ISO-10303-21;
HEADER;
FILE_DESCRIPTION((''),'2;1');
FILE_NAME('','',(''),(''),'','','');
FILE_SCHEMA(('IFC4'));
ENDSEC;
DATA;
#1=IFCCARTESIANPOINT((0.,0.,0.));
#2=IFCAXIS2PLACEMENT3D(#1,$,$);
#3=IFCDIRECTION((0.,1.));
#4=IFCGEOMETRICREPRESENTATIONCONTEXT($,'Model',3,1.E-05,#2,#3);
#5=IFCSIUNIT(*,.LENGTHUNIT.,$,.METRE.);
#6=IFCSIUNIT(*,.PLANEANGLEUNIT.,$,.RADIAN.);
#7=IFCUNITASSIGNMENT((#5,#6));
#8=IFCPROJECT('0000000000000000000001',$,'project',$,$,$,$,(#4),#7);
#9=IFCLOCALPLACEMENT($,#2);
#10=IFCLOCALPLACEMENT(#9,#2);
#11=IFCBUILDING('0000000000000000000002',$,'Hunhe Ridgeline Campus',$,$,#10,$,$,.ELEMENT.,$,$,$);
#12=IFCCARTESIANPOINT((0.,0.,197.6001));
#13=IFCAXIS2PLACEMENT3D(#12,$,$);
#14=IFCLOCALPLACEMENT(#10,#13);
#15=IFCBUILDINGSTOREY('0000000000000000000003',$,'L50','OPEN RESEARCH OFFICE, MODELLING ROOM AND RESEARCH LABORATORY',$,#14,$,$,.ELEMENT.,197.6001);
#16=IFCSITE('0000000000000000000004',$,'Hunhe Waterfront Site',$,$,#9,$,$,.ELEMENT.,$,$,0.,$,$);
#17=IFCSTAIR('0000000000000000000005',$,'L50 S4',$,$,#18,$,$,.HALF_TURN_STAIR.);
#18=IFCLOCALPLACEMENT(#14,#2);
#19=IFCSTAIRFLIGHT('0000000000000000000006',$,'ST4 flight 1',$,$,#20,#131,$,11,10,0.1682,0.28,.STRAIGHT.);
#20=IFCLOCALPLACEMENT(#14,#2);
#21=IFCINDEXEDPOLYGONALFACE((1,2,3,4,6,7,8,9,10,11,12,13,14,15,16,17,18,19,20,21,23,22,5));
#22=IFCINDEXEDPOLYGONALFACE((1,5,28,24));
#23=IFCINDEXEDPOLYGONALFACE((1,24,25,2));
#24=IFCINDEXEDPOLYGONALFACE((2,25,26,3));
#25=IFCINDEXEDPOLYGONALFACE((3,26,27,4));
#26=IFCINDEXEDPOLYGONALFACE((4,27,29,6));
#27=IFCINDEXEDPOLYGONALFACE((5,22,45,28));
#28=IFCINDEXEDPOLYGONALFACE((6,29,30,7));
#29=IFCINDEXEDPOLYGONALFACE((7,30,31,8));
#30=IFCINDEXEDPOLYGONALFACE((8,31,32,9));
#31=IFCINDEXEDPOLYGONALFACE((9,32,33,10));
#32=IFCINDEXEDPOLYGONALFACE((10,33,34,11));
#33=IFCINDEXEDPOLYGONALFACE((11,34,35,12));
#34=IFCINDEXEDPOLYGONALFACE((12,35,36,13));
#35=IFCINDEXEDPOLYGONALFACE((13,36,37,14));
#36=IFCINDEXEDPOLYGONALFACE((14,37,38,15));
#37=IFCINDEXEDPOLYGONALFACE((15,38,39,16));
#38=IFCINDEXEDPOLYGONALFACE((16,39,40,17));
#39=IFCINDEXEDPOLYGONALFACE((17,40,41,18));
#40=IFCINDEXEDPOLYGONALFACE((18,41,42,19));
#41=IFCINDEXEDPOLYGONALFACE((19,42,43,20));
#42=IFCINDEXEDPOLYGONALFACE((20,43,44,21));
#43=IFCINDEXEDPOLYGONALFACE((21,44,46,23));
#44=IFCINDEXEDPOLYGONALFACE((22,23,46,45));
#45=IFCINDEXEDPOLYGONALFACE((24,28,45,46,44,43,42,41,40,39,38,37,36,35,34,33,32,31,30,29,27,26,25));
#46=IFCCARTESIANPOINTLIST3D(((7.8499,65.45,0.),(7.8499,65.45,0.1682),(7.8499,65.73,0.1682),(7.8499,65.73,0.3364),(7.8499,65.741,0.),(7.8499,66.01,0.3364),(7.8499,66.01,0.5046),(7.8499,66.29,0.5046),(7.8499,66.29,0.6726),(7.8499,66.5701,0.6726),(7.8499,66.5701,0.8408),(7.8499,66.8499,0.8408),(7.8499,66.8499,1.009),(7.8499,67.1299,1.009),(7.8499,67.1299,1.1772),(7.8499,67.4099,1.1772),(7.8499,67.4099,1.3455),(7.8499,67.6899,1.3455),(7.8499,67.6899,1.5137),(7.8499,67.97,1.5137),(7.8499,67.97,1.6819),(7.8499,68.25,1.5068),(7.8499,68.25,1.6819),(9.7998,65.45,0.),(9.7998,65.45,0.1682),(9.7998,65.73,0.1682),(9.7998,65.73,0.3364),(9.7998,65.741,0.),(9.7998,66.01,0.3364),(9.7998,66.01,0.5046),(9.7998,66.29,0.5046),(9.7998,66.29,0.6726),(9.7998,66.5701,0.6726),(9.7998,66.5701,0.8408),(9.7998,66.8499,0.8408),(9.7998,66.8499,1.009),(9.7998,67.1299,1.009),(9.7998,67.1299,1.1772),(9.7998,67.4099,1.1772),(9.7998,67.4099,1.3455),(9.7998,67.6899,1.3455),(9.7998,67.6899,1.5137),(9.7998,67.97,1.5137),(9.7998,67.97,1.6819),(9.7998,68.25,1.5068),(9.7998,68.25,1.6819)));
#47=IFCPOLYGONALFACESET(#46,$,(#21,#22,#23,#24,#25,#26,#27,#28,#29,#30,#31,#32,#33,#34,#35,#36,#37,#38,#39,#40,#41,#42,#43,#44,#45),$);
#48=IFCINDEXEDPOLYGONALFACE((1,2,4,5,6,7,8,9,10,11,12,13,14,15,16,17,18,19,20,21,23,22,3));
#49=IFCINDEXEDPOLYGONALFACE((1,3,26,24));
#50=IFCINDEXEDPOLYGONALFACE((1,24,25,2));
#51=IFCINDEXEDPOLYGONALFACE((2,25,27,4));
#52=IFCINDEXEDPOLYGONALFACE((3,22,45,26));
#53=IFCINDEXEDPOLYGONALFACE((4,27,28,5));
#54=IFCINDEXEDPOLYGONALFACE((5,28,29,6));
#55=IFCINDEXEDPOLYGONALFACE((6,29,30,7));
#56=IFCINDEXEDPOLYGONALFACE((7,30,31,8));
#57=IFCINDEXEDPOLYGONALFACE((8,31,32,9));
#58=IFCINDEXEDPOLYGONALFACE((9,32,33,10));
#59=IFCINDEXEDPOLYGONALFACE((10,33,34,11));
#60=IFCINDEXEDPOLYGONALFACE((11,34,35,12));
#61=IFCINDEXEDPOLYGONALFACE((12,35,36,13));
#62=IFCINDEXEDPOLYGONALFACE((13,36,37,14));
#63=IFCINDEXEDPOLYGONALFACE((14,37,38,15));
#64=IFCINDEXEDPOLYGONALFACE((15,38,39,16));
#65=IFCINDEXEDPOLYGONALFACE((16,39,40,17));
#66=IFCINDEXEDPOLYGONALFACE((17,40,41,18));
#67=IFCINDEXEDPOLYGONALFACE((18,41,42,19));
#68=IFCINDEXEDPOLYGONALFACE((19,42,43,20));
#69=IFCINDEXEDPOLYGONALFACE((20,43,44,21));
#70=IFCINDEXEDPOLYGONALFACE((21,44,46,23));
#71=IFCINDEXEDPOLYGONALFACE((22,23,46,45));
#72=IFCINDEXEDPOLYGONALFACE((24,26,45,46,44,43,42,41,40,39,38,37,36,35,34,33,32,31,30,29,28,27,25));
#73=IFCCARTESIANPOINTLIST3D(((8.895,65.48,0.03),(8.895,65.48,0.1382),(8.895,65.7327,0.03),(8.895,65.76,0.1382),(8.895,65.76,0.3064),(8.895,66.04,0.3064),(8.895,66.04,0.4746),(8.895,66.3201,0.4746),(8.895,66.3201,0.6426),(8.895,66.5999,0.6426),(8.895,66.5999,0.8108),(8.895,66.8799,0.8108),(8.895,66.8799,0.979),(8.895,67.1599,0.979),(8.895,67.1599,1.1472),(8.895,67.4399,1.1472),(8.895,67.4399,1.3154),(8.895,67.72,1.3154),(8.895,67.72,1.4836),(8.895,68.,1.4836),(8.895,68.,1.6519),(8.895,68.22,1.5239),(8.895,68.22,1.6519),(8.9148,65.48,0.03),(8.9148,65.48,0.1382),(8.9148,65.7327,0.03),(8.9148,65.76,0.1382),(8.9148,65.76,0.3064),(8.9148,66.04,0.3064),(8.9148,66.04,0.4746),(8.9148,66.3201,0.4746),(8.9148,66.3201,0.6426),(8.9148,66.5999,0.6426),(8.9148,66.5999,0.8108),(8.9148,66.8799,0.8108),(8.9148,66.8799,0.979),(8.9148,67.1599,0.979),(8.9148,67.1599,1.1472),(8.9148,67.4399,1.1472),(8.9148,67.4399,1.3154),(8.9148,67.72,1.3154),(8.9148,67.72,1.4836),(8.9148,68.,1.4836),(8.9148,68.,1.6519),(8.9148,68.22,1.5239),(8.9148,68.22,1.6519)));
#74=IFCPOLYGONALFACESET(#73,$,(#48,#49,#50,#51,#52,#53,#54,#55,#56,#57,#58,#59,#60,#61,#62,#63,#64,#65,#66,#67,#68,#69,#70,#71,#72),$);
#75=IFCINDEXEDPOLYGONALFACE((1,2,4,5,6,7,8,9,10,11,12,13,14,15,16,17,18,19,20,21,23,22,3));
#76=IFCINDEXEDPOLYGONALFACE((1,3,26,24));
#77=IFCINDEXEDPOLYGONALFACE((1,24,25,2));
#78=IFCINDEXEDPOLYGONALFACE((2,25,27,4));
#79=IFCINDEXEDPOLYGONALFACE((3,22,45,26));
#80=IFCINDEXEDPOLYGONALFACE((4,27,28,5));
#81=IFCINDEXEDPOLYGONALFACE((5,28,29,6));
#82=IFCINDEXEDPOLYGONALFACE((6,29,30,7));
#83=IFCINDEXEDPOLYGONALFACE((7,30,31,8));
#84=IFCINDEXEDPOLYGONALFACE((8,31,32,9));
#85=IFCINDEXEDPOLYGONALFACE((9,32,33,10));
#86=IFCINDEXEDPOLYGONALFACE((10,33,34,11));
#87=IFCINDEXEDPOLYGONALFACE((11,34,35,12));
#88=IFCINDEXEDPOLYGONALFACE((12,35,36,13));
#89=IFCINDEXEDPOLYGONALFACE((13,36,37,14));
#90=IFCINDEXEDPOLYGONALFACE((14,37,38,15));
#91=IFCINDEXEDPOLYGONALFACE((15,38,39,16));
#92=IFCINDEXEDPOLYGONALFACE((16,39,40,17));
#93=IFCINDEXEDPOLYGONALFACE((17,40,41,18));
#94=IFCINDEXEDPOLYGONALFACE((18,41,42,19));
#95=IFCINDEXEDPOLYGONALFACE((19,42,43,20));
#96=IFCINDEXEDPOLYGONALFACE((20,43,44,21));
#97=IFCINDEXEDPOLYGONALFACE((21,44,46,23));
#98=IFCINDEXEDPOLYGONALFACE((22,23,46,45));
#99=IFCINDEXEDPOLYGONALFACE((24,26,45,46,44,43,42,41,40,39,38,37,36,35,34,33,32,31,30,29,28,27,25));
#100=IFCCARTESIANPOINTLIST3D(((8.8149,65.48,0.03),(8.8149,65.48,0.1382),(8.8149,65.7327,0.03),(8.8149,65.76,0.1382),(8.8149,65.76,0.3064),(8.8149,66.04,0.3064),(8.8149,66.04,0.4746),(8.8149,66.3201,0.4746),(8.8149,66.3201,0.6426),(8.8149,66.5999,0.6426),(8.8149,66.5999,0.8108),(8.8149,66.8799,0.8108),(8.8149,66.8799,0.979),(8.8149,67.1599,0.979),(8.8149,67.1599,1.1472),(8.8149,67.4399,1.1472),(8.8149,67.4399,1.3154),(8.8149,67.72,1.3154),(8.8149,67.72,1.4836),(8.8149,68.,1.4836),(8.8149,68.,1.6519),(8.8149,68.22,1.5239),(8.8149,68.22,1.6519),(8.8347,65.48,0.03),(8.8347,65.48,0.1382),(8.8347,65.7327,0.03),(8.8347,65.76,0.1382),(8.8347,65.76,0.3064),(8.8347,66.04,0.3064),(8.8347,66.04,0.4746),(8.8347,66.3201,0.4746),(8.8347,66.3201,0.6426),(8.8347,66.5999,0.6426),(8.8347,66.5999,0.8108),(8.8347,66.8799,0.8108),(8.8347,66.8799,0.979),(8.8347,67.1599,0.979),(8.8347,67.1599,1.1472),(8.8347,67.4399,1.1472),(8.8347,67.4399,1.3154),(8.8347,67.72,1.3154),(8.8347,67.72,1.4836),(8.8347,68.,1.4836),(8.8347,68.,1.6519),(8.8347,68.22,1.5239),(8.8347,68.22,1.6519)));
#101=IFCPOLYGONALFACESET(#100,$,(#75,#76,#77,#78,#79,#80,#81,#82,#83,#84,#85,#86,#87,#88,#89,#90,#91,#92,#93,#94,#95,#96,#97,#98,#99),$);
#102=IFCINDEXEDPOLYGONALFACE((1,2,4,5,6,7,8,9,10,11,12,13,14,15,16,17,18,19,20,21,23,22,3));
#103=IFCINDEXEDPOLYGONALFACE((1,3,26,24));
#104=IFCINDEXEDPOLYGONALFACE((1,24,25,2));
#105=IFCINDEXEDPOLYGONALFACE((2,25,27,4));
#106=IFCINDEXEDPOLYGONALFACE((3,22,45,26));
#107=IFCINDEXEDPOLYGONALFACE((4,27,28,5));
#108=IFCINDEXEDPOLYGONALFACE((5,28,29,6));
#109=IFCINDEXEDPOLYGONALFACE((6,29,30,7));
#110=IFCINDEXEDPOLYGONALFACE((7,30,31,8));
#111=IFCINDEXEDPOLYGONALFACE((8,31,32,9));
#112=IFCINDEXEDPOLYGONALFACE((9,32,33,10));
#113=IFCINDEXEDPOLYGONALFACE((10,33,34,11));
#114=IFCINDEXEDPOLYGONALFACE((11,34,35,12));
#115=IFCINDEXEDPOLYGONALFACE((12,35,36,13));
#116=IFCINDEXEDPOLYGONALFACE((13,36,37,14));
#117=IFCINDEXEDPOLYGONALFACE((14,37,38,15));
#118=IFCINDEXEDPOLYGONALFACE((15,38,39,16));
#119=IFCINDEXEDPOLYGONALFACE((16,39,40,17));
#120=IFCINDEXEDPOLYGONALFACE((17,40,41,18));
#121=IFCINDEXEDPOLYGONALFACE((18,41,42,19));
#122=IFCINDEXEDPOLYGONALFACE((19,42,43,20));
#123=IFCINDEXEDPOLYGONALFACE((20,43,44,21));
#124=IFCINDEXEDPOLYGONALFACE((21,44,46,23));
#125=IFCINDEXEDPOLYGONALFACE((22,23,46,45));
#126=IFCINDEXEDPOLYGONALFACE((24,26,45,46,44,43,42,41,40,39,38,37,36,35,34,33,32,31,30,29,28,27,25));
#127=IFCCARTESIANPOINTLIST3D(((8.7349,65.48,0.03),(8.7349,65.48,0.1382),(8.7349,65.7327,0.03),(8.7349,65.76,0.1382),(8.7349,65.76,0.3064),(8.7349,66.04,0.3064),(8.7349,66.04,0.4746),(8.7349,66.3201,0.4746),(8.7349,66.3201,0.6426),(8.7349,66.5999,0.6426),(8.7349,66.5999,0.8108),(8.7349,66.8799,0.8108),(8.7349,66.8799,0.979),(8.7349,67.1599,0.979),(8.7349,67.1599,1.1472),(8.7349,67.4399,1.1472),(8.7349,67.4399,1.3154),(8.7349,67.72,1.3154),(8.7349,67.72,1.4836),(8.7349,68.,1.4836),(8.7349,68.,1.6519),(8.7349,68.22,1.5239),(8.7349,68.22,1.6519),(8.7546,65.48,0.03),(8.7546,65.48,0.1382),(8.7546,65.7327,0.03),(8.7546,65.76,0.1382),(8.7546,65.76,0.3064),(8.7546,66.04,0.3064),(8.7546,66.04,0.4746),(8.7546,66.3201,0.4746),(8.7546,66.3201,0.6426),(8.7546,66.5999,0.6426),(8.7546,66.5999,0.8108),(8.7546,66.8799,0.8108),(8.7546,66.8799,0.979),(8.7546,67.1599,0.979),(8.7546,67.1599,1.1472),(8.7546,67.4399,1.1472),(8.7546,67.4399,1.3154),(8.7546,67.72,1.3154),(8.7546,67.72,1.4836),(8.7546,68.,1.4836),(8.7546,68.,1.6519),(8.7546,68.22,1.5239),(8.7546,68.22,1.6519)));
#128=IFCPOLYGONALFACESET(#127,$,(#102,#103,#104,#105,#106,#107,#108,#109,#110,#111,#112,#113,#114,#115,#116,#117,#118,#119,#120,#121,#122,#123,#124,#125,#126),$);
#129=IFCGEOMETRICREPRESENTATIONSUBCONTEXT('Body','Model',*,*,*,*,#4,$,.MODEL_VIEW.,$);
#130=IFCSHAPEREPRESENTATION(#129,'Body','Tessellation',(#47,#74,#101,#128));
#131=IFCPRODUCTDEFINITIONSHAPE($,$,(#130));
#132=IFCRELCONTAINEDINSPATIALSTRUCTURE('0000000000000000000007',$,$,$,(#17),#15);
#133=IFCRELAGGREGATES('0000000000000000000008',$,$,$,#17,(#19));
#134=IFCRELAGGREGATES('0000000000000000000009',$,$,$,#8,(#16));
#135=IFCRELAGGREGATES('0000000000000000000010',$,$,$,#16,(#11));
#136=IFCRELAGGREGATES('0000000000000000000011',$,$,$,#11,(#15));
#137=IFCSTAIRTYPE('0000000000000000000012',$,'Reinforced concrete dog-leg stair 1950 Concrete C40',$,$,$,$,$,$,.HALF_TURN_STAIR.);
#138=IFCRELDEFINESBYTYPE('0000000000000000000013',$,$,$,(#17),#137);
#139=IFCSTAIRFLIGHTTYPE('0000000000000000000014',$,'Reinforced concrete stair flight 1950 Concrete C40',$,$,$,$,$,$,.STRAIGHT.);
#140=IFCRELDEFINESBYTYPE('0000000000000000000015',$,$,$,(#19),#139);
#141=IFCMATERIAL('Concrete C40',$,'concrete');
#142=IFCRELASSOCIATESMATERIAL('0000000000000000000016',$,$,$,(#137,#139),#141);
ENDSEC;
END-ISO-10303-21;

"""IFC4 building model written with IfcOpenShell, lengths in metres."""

from ifc_helpers import new_model, si_unit, direction, frame, origin, place, context, subcontext, project, spatial, polyline, outline, extrude, material, type_object, element, aggregate, save


model = new_model("IFC4")

# Units and contexts
model_context = context("Model", 3, precision=1e-05, world=origin(), true_north=direction((0.0, 1.0)))
body_context = subcontext(model_context, "Body", "Model", "MODEL_VIEW")
ifc_project = project(units=[si_unit("LENGTHUNIT", "METRE"), si_unit("PLANEANGLEUNIT", "RADIAN")], contexts=[model_context])

# Site, building, storey
site_placement = place(None, origin())
site = spatial("IfcSite", under=ifc_project, at=site_placement, Name="Hunhe Waterfront Site", CompositionType="ELEMENT", RefElevation=0.0)
building_placement = place(site_placement, origin())
building = spatial("IfcBuilding", under=site, at=building_placement, Name="Hunhe Ridgeline Campus", CompositionType="ELEMENT")
storey_placement = place(building_placement, frame((0.0, 0.0, 197.6001)))
storey = spatial("IfcBuildingStorey", under=building, at=storey_placement, Name="L50", Description="OPEN RESEARCH OFFICE, MODELLING ROOM AND RESEARCH LABORATORY", CompositionType="ELEMENT", Elevation=197.6001)

# Shared definitions
ifc_material_1 = material(Name="Concrete C40", Category="concrete")
stair_type = type_object("IfcStairType", Name="Reinforced concrete dog-leg stair 1950 Concrete C40", PredefinedType="HALF_TURN_STAIR", material=ifc_material_1)
stair_flight_type = type_object("IfcStairFlightType", Name="Reinforced concrete stair flight 1950 Concrete C40", PredefinedType="STRAIGHT", material=ifc_material_1)

# Stair, stair flight
stair_1_placement = place(storey_placement, origin())
stair_1 = element("IfcStair", 1, at=stair_1_placement, inside=storey, type_object=stair_type, Name="L50 S4", PredefinedType="HALF_TURN_STAIR")
stair_flight_1_placement = place(storey_placement, frame((8.825, 65.45, 0.0), z_axis=(0.0, 0.0, 1.0), x_axis=(0.0, 1.0, 0.0)))
stair_flight_1 = element("IfcStairFlight", 2, at=stair_flight_1_placement, type_object=stair_flight_type, Name="ST4 flight 1", NumberOfRisers=11, NumberOfTreads=10, PredefinedType="STRAIGHT", RiserHeight=0.1682, TreadLength=0.28, context=body_context, shape_type="SweptSolid", body=[
    extrude(outline(polyline([(0.0, 0.0), (0.0, 0.1682), (0.28, 0.1682), (0.28, 0.3364), (0.5601, 0.3364), (0.5601, 0.5046), (0.8401, 0.5046), (0.8401, 0.6726), (1.1201, 0.6726), (1.1201, 0.8408), (1.3999, 0.8408), (1.3999, 1.009), (1.6799, 1.009), (1.6799, 1.1772), (1.96, 1.1772), (1.96, 1.3455), (2.24, 1.3455), (2.24, 1.5137), (2.52, 1.5137), (2.52, 1.6819), (2.8, 1.6819), (2.8, 1.8501), (2.8, 1.5068), (0.291, 0.0), (0.0, 0.0)])), frame((0.0, 0.9751, 0.0), z_axis=(0.0, -1.0, 0.0), x_axis=(1.0, 0.0, 0.0)), (0.0, 0.0, 1.0), 1.95),
    extrude(outline(polyline([(0.03, 0.03), (0.03, 0.1382), (0.3101, 0.1382), (0.3101, 0.3064), (0.5901, 0.3064), (0.5901, 0.4746), (0.8701, 0.4746), (0.8701, 0.6426), (1.1499, 0.6426), (1.1499, 0.8108), (1.4299, 0.8108), (1.4299, 0.979), (1.71, 0.979), (1.71, 1.1472), (1.99, 1.1472), (1.99, 1.3154), (2.27, 1.3154), (2.27, 1.4836), (2.55, 1.4836), (2.55, 1.6519), (2.77, 1.6519), (2.77, 1.5239), (0.2827, 0.03), (0.03, 0.03)])), frame((0.0, -0.0701, 0.0), z_axis=(0.0, -1.0, 0.0), x_axis=(1.0, 0.0, 0.0)), (0.0, 0.0, 1.0), 0.0198),
    extrude(outline(polyline([(0.03, 0.03), (0.03, 0.1382), (0.3101, 0.1382), (0.3101, 0.3064), (0.5901, 0.3064), (0.5901, 0.4746), (0.8701, 0.4746), (0.8701, 0.6426), (1.1499, 0.6426), (1.1499, 0.8108), (1.4299, 0.8108), (1.4299, 0.979), (1.71, 0.979), (1.71, 1.1472), (1.99, 1.1472), (1.99, 1.3154), (2.27, 1.3154), (2.27, 1.4836), (2.55, 1.4836), (2.55, 1.6519), (2.77, 1.6519), (2.77, 1.5239), (0.2827, 0.03), (0.03, 0.03)])), frame((0.0, 0.01, 0.0), z_axis=(0.0, -1.0, 0.0), x_axis=(1.0, 0.0, 0.0)), (0.0, 0.0, 1.0), 0.0198),
    extrude(outline(polyline([(0.03, 0.03), (0.03, 0.1382), (0.3101, 0.1382), (0.3101, 0.3064), (0.5901, 0.3064), (0.5901, 0.4746), (0.8701, 0.4746), (0.8701, 0.6426), (1.1499, 0.6426), (1.1499, 0.8108), (1.4299, 0.8108), (1.4299, 0.979), (1.71, 0.979), (1.71, 1.1472), (1.99, 1.1472), (1.99, 1.3154), (2.27, 1.3154), (2.27, 1.4836), (2.55, 1.4836), (2.55, 1.6519), (2.77, 1.6519), (2.77, 1.5239), (0.2827, 0.03), (0.03, 0.03)])), frame((0.0, 0.0901, 0.0), z_axis=(0.0, -1.0, 0.0), x_axis=(1.0, 0.0, 0.0)), (0.0, 0.0, 1.0), 0.0198),
])
aggregate(stair_1, [stair_flight_1])

save(model, "model.ifc")
